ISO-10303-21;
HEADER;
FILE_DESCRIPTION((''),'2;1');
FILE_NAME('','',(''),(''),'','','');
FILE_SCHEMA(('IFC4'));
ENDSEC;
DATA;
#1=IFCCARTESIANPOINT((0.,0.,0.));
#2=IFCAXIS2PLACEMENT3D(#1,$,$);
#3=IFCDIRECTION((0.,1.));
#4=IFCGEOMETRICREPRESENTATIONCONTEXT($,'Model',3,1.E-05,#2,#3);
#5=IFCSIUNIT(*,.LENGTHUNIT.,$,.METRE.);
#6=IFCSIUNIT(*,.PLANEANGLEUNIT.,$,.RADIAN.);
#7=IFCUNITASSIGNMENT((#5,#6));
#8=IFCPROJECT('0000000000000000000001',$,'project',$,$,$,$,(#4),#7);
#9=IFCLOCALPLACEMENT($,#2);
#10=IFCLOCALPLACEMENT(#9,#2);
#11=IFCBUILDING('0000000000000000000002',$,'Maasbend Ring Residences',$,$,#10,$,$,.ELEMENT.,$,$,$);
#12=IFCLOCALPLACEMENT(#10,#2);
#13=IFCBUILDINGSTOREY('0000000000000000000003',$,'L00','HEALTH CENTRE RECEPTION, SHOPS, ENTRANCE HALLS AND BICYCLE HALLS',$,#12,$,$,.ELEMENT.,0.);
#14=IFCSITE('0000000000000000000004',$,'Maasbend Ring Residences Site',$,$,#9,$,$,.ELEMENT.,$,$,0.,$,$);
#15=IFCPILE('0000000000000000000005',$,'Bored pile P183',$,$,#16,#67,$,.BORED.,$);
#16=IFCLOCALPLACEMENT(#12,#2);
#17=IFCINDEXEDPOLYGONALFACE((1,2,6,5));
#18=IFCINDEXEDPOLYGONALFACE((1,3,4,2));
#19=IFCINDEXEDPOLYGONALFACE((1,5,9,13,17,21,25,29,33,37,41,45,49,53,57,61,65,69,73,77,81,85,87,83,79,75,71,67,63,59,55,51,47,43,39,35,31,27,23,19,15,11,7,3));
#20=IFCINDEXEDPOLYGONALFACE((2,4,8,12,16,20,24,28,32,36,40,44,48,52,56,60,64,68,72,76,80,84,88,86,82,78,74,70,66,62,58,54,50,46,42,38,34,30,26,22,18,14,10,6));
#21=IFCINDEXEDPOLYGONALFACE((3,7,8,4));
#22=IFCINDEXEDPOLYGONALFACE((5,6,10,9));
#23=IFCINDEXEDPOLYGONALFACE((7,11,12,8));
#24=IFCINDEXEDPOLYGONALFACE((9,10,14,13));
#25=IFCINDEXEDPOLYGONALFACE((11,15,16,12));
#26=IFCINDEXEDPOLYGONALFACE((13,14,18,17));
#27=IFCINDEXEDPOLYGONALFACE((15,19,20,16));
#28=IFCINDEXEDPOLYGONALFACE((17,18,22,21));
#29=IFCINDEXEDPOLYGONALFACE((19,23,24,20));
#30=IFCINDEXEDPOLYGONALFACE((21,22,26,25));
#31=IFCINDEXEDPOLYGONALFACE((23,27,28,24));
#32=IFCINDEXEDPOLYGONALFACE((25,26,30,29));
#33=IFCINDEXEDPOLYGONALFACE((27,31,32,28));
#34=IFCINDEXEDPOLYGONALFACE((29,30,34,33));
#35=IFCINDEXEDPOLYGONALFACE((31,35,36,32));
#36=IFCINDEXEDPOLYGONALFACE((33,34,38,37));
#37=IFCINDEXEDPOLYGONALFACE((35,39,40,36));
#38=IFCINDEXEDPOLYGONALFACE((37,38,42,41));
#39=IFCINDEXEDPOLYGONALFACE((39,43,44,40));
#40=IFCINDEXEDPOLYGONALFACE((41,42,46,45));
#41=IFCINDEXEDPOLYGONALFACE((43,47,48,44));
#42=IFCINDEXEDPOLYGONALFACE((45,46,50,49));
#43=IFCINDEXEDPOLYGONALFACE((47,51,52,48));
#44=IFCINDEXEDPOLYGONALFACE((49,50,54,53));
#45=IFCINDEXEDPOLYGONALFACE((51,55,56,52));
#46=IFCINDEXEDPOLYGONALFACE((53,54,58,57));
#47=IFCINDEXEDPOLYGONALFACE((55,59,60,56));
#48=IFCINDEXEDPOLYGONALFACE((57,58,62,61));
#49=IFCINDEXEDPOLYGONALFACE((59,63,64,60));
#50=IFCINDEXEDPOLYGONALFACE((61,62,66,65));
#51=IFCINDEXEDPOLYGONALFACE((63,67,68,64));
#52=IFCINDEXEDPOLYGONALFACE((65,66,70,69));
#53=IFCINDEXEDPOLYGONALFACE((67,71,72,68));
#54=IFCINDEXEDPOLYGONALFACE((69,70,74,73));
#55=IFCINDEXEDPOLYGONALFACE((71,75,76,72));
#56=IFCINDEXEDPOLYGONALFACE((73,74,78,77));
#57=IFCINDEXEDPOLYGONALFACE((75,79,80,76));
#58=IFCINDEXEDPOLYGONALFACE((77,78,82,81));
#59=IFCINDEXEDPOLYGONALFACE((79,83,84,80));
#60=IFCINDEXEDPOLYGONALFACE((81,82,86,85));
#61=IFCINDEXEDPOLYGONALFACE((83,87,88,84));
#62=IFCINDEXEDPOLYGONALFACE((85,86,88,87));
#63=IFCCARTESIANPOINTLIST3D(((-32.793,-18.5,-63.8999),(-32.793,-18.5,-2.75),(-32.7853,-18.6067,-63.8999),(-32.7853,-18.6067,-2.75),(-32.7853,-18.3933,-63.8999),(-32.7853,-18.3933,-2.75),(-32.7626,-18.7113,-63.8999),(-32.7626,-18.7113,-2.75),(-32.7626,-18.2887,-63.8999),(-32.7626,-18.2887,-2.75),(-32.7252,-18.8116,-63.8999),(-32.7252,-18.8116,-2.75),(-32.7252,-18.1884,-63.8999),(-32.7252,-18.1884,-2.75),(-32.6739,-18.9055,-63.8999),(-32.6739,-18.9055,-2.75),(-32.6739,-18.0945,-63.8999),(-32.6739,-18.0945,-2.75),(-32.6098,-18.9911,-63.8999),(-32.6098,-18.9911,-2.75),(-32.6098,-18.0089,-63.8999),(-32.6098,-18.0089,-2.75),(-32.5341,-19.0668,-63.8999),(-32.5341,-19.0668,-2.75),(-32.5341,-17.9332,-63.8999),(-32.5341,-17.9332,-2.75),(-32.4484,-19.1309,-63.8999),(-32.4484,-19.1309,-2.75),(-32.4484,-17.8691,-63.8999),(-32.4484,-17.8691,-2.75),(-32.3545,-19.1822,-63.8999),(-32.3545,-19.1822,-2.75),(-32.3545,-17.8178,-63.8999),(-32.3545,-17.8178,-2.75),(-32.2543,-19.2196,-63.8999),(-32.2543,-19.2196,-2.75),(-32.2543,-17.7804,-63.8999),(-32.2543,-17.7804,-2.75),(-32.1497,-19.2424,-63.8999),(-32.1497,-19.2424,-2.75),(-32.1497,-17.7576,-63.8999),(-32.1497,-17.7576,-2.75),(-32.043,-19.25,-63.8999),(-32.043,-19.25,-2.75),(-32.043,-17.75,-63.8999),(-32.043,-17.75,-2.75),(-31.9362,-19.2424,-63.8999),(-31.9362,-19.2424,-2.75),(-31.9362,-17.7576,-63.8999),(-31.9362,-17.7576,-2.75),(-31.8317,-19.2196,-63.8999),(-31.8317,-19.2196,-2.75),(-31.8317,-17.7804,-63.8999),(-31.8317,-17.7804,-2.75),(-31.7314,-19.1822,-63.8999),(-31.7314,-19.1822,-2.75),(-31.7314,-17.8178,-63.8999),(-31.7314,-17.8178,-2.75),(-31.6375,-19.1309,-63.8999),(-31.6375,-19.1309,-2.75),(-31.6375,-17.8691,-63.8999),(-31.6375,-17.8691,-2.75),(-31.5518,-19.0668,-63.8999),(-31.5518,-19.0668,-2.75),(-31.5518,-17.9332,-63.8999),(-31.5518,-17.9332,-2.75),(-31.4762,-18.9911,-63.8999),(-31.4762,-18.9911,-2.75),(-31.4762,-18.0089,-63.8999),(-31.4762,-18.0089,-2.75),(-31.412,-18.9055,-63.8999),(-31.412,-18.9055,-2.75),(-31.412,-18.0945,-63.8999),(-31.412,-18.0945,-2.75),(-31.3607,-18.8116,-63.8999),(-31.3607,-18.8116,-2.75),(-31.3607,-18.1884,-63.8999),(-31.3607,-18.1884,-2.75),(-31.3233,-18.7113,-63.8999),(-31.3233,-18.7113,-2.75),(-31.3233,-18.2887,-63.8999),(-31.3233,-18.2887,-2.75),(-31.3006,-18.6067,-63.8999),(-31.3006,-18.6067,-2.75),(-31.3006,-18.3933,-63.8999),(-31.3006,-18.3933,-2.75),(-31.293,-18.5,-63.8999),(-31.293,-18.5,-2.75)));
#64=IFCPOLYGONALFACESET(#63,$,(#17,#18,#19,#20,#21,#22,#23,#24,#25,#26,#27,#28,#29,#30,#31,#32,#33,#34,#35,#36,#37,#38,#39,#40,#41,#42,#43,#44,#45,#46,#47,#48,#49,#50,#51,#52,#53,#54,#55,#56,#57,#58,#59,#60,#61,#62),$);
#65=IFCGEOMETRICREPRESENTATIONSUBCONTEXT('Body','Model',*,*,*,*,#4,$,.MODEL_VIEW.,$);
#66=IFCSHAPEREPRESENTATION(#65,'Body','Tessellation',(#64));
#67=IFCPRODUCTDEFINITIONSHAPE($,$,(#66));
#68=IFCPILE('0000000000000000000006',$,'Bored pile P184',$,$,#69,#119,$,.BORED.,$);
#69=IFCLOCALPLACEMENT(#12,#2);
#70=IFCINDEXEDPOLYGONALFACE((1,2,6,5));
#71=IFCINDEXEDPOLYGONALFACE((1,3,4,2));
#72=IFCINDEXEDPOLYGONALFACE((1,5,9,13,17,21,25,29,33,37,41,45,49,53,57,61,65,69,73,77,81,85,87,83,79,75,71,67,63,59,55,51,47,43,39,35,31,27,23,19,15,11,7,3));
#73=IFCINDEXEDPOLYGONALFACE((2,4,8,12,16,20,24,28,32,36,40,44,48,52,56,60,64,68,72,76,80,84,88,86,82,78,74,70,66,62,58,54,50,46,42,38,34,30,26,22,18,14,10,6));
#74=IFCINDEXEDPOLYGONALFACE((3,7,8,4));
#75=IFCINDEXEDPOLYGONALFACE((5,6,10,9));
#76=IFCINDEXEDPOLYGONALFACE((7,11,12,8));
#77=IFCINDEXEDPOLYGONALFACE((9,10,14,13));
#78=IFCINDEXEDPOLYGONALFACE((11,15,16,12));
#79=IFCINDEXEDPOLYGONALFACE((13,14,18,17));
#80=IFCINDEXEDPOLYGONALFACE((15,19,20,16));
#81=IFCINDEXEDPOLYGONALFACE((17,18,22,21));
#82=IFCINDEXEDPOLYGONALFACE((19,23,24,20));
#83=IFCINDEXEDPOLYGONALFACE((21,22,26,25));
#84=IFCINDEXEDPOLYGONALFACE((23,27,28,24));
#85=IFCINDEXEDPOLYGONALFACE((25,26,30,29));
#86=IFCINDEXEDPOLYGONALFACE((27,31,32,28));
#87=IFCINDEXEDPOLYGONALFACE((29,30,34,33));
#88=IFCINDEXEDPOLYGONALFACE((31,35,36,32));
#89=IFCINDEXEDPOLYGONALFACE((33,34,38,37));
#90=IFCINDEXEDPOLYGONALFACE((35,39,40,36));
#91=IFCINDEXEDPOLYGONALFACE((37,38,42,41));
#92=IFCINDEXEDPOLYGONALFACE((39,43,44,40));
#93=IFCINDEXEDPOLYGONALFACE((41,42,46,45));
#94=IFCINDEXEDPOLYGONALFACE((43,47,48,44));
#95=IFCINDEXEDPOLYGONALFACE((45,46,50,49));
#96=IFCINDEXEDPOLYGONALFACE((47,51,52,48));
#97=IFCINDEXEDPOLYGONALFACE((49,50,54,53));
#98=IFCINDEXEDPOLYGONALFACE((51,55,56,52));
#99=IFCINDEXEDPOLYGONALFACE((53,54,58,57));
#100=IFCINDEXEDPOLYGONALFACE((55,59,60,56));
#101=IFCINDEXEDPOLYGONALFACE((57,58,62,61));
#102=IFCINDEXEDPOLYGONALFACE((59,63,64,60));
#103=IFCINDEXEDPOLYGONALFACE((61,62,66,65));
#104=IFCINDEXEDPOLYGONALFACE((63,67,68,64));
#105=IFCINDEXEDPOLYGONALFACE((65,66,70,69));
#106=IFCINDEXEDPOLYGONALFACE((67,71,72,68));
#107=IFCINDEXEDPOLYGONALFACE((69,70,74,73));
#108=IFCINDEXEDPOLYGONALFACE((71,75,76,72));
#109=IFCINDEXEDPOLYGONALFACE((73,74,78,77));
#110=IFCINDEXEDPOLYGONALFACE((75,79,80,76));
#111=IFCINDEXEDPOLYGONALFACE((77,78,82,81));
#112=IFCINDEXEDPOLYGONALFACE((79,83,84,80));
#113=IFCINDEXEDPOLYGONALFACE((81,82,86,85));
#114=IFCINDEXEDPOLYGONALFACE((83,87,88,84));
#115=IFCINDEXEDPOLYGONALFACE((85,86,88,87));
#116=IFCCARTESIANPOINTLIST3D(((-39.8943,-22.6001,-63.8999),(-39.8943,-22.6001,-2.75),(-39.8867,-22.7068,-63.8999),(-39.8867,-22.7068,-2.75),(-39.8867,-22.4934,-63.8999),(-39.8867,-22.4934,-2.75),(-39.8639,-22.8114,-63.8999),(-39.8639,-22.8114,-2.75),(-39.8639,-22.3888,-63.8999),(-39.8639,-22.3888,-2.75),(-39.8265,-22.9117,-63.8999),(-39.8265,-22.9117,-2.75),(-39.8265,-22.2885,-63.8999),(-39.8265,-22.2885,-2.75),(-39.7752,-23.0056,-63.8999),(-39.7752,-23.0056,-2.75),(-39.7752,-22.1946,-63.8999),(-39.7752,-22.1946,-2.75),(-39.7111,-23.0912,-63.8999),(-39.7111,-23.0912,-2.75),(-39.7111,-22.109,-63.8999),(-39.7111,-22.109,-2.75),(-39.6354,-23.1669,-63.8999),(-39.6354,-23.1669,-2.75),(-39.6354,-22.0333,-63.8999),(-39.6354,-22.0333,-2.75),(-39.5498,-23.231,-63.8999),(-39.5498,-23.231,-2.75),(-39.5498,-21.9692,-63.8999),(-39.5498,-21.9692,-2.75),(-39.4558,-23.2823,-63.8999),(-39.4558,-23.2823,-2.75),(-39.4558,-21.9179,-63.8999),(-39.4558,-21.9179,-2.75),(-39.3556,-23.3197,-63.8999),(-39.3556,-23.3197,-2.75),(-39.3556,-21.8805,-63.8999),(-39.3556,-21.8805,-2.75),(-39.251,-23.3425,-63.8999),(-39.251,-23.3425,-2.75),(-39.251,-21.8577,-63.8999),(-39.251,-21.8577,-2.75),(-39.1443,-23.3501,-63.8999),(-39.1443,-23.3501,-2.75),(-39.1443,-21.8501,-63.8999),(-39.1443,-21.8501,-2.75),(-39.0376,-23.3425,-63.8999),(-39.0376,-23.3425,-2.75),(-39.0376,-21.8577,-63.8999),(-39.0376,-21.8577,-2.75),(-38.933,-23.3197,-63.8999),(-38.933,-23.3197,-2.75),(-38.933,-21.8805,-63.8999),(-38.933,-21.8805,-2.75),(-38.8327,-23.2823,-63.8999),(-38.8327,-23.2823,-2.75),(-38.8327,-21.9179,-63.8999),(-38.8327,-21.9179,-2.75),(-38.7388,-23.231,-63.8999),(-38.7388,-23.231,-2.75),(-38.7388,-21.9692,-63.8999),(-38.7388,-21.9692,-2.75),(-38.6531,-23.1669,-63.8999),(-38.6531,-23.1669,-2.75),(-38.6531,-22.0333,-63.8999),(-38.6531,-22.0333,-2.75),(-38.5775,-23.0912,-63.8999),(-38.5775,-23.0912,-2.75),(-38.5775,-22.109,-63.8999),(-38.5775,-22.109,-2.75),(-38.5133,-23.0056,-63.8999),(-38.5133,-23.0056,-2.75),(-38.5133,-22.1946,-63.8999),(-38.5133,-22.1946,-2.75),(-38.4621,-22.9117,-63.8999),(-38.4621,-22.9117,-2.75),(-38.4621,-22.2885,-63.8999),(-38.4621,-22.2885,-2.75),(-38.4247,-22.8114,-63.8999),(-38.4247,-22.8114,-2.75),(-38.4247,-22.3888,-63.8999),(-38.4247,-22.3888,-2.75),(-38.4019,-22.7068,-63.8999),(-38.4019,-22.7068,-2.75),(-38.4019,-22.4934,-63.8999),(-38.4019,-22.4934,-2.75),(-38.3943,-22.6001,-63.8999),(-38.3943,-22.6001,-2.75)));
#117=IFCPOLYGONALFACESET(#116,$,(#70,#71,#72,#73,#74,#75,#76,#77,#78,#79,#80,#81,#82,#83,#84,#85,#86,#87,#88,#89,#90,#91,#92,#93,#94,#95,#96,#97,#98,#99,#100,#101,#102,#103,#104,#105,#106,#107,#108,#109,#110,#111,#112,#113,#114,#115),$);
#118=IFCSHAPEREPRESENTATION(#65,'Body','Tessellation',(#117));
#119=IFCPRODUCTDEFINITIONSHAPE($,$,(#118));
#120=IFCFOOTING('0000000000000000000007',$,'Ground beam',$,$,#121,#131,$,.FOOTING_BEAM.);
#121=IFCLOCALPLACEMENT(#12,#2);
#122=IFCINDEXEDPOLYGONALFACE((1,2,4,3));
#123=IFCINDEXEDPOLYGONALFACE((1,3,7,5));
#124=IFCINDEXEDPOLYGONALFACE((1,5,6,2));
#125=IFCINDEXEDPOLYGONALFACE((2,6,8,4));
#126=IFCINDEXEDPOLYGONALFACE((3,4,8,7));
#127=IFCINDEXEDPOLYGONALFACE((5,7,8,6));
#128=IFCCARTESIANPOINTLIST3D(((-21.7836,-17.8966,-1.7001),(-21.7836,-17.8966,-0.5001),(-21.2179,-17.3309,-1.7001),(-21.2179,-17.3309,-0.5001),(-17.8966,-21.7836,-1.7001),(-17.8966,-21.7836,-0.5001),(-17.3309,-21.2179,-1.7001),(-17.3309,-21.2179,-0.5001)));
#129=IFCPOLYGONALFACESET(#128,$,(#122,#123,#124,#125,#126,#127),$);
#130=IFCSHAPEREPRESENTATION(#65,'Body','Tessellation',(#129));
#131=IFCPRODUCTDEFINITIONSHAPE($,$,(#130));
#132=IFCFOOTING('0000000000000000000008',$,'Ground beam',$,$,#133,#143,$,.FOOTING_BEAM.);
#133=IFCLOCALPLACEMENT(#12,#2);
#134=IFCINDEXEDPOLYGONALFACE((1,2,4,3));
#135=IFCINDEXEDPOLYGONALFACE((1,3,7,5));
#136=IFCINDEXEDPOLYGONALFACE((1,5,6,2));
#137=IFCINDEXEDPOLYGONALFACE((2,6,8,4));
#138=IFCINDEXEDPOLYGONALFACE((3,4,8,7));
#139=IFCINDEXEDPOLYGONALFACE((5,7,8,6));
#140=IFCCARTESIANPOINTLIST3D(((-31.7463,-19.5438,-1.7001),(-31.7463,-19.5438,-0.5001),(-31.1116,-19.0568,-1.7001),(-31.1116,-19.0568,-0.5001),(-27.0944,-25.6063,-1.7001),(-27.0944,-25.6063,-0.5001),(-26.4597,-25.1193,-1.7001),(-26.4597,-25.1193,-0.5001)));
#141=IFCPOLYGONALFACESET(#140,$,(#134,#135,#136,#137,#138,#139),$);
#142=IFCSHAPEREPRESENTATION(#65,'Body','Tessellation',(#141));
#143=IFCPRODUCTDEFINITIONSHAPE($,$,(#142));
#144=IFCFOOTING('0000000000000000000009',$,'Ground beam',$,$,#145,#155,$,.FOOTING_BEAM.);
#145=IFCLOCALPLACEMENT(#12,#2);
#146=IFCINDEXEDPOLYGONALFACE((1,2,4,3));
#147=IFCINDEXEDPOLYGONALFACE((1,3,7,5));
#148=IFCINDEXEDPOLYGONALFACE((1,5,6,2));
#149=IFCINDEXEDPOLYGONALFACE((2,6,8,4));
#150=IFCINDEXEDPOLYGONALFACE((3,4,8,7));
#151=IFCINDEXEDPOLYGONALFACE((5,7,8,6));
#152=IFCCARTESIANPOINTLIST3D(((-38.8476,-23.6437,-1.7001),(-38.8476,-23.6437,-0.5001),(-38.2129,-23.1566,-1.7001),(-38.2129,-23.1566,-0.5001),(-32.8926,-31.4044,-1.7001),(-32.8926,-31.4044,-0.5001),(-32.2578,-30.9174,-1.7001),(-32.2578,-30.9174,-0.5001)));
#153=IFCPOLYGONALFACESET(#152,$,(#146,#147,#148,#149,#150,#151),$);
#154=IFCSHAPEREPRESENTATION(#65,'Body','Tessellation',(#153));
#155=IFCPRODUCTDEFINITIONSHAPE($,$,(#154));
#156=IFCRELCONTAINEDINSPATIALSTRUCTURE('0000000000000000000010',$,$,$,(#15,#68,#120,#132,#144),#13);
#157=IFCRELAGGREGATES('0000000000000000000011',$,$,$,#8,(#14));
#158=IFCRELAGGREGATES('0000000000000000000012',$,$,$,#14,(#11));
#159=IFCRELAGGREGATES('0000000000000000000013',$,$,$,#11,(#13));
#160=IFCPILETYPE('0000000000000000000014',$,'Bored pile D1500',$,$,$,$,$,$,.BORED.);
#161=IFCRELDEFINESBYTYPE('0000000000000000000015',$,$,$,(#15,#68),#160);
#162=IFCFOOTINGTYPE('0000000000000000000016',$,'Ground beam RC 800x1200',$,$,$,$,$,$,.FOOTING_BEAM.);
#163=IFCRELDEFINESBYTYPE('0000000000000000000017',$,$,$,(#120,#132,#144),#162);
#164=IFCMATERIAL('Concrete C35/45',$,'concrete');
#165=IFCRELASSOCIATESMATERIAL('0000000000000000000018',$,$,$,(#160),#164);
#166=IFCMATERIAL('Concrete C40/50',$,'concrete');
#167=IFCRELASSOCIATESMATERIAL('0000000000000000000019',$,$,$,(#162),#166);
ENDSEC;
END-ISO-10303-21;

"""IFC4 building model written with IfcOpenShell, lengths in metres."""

from ifc_helpers import new_model, si_unit, direction, frame, origin, origin_2d, place, context, subcontext, project, spatial, rectangle, circle, extrude, material, material_profile, profile_set, type_object, element, save


model = new_model("IFC4")

# Units and contexts
model_context = context("Model", 3, precision=1e-05, world=origin(), true_north=direction((0.0, 1.0)))
body_context = subcontext(model_context, "Body", "Model", "MODEL_VIEW")
ifc_project = project(units=[si_unit("LENGTHUNIT", "METRE"), si_unit("PLANEANGLEUNIT", "RADIAN")], contexts=[model_context])

# Site, building, storey
site_placement = place(None, origin())
site = spatial("IfcSite", under=ifc_project, at=site_placement, Name="Maasbend Ring Residences Site", CompositionType="ELEMENT", RefElevation=0.0)
building_placement = place(site_placement, origin())
building = spatial("IfcBuilding", under=site, at=building_placement, Name="Maasbend Ring Residences", CompositionType="ELEMENT")
storey_placement = place(building_placement, origin())
storey = spatial("IfcBuildingStorey", under=building, at=storey_placement, Name="L00", Description="HEALTH CENTRE RECEPTION, SHOPS, ENTRANCE HALLS AND BICYCLE HALLS", CompositionType="ELEMENT", Elevation=0.0)

# Piles
ifc_material_1 = material(Name="Concrete C35/45", Category="concrete")
ifc_material_profile_1 = material_profile(ifc_material_1, circle(Radius=0.75, at=origin_2d()), Name="Bored pile D1500")
ifc_profile_set_1 = profile_set([ifc_material_profile_1], Name="Concrete C35/45")
pile_type = type_object("IfcPileType", Name="Bored pile D1500", PredefinedType="BORED", material=ifc_profile_set_1)
for number, where, z_axis, x_axis, name in (
    (1, (-32.043, -18.5, -2.75), (0.0, 0.0, -1.0), (1.0, 0.0, 0.0), "Bored pile P183"),
    (2, (-39.1443, -22.6001, -2.75), (0.0, 0.0, -1.0), (1.0, 0.0, 0.0), "Bored pile P184"),
):
    element("IfcPile", number, at=place(storey_placement, frame(where, z_axis=z_axis, x_axis=x_axis)), inside=storey, type_object=pile_type, Name=name, PredefinedType="BORED", context=body_context, shape_type="SweptSolid", body=[
        extrude(circle(Radius=0.75, at=origin_2d()), origin(), (0.0, 0.0, 1.0), 61.1499),
    ])

# Footings
ifc_material_2 = material(Name="Concrete C40/50", Category="concrete")
ifc_material_profile_2 = material_profile(ifc_material_2, rectangle(XDim=0.8, YDim=1.2, at=origin_2d()), Name="Ground beam RC 800x1200")
ifc_profile_set_2 = profile_set([ifc_material_profile_2], Name="Concrete C40/50")
footing_type = type_object("IfcFootingType", Name="Ground beam RC 800x1200", PredefinedType="FOOTING_BEAM", material=ifc_profile_set_2)
footing_1_placement = place(storey_placement, frame((-21.5007, -17.6138, -1.1001), z_axis=(0.707107, -0.707107, 0.0), x_axis=(0.707107, 0.707107, 0.0)))
element("IfcFooting", 3, at=footing_1_placement, inside=storey, type_object=footing_type, Name="Ground beam", PredefinedType="FOOTING_BEAM", context=body_context, shape_type="SweptSolid", body=[
    extrude(rectangle(XDim=0.8, YDim=1.2, at=origin_2d()), origin(), (0.0, 0.0, 1.0), 5.4971),
])
footing_2_placement = place(storey_placement, frame((-31.429, -19.3003, -1.1001), z_axis=(0.608756, -0.793357, 0.0), x_axis=(0.793357, 0.608756, 0.0)))
element("IfcFooting", 4, at=footing_2_placement, inside=storey, type_object=footing_type, Name="Ground beam", PredefinedType="FOOTING_BEAM", context=body_context, shape_type="SweptSolid", body=[
    extrude(rectangle(XDim=0.8, YDim=1.2, at=origin_2d()), origin(), (0.0, 0.0, 1.0), 7.6416),
])
footing_3_placement = place(storey_placement, frame((-38.5303, -23.4001, -1.1001), z_axis=(0.608765, -0.793351, 0.0), x_axis=(0.793351, 0.608765, 0.0)))
element("IfcFooting", 5, at=footing_3_placement, inside=storey, type_object=footing_type, Name="Ground beam", PredefinedType="FOOTING_BEAM", context=body_context, shape_type="SweptSolid", body=[
    extrude(rectangle(XDim=0.8, YDim=1.2, at=origin_2d()), origin(), (0.0, 0.0, 1.0), 9.7822),
])

save(model, "model.ifc")
